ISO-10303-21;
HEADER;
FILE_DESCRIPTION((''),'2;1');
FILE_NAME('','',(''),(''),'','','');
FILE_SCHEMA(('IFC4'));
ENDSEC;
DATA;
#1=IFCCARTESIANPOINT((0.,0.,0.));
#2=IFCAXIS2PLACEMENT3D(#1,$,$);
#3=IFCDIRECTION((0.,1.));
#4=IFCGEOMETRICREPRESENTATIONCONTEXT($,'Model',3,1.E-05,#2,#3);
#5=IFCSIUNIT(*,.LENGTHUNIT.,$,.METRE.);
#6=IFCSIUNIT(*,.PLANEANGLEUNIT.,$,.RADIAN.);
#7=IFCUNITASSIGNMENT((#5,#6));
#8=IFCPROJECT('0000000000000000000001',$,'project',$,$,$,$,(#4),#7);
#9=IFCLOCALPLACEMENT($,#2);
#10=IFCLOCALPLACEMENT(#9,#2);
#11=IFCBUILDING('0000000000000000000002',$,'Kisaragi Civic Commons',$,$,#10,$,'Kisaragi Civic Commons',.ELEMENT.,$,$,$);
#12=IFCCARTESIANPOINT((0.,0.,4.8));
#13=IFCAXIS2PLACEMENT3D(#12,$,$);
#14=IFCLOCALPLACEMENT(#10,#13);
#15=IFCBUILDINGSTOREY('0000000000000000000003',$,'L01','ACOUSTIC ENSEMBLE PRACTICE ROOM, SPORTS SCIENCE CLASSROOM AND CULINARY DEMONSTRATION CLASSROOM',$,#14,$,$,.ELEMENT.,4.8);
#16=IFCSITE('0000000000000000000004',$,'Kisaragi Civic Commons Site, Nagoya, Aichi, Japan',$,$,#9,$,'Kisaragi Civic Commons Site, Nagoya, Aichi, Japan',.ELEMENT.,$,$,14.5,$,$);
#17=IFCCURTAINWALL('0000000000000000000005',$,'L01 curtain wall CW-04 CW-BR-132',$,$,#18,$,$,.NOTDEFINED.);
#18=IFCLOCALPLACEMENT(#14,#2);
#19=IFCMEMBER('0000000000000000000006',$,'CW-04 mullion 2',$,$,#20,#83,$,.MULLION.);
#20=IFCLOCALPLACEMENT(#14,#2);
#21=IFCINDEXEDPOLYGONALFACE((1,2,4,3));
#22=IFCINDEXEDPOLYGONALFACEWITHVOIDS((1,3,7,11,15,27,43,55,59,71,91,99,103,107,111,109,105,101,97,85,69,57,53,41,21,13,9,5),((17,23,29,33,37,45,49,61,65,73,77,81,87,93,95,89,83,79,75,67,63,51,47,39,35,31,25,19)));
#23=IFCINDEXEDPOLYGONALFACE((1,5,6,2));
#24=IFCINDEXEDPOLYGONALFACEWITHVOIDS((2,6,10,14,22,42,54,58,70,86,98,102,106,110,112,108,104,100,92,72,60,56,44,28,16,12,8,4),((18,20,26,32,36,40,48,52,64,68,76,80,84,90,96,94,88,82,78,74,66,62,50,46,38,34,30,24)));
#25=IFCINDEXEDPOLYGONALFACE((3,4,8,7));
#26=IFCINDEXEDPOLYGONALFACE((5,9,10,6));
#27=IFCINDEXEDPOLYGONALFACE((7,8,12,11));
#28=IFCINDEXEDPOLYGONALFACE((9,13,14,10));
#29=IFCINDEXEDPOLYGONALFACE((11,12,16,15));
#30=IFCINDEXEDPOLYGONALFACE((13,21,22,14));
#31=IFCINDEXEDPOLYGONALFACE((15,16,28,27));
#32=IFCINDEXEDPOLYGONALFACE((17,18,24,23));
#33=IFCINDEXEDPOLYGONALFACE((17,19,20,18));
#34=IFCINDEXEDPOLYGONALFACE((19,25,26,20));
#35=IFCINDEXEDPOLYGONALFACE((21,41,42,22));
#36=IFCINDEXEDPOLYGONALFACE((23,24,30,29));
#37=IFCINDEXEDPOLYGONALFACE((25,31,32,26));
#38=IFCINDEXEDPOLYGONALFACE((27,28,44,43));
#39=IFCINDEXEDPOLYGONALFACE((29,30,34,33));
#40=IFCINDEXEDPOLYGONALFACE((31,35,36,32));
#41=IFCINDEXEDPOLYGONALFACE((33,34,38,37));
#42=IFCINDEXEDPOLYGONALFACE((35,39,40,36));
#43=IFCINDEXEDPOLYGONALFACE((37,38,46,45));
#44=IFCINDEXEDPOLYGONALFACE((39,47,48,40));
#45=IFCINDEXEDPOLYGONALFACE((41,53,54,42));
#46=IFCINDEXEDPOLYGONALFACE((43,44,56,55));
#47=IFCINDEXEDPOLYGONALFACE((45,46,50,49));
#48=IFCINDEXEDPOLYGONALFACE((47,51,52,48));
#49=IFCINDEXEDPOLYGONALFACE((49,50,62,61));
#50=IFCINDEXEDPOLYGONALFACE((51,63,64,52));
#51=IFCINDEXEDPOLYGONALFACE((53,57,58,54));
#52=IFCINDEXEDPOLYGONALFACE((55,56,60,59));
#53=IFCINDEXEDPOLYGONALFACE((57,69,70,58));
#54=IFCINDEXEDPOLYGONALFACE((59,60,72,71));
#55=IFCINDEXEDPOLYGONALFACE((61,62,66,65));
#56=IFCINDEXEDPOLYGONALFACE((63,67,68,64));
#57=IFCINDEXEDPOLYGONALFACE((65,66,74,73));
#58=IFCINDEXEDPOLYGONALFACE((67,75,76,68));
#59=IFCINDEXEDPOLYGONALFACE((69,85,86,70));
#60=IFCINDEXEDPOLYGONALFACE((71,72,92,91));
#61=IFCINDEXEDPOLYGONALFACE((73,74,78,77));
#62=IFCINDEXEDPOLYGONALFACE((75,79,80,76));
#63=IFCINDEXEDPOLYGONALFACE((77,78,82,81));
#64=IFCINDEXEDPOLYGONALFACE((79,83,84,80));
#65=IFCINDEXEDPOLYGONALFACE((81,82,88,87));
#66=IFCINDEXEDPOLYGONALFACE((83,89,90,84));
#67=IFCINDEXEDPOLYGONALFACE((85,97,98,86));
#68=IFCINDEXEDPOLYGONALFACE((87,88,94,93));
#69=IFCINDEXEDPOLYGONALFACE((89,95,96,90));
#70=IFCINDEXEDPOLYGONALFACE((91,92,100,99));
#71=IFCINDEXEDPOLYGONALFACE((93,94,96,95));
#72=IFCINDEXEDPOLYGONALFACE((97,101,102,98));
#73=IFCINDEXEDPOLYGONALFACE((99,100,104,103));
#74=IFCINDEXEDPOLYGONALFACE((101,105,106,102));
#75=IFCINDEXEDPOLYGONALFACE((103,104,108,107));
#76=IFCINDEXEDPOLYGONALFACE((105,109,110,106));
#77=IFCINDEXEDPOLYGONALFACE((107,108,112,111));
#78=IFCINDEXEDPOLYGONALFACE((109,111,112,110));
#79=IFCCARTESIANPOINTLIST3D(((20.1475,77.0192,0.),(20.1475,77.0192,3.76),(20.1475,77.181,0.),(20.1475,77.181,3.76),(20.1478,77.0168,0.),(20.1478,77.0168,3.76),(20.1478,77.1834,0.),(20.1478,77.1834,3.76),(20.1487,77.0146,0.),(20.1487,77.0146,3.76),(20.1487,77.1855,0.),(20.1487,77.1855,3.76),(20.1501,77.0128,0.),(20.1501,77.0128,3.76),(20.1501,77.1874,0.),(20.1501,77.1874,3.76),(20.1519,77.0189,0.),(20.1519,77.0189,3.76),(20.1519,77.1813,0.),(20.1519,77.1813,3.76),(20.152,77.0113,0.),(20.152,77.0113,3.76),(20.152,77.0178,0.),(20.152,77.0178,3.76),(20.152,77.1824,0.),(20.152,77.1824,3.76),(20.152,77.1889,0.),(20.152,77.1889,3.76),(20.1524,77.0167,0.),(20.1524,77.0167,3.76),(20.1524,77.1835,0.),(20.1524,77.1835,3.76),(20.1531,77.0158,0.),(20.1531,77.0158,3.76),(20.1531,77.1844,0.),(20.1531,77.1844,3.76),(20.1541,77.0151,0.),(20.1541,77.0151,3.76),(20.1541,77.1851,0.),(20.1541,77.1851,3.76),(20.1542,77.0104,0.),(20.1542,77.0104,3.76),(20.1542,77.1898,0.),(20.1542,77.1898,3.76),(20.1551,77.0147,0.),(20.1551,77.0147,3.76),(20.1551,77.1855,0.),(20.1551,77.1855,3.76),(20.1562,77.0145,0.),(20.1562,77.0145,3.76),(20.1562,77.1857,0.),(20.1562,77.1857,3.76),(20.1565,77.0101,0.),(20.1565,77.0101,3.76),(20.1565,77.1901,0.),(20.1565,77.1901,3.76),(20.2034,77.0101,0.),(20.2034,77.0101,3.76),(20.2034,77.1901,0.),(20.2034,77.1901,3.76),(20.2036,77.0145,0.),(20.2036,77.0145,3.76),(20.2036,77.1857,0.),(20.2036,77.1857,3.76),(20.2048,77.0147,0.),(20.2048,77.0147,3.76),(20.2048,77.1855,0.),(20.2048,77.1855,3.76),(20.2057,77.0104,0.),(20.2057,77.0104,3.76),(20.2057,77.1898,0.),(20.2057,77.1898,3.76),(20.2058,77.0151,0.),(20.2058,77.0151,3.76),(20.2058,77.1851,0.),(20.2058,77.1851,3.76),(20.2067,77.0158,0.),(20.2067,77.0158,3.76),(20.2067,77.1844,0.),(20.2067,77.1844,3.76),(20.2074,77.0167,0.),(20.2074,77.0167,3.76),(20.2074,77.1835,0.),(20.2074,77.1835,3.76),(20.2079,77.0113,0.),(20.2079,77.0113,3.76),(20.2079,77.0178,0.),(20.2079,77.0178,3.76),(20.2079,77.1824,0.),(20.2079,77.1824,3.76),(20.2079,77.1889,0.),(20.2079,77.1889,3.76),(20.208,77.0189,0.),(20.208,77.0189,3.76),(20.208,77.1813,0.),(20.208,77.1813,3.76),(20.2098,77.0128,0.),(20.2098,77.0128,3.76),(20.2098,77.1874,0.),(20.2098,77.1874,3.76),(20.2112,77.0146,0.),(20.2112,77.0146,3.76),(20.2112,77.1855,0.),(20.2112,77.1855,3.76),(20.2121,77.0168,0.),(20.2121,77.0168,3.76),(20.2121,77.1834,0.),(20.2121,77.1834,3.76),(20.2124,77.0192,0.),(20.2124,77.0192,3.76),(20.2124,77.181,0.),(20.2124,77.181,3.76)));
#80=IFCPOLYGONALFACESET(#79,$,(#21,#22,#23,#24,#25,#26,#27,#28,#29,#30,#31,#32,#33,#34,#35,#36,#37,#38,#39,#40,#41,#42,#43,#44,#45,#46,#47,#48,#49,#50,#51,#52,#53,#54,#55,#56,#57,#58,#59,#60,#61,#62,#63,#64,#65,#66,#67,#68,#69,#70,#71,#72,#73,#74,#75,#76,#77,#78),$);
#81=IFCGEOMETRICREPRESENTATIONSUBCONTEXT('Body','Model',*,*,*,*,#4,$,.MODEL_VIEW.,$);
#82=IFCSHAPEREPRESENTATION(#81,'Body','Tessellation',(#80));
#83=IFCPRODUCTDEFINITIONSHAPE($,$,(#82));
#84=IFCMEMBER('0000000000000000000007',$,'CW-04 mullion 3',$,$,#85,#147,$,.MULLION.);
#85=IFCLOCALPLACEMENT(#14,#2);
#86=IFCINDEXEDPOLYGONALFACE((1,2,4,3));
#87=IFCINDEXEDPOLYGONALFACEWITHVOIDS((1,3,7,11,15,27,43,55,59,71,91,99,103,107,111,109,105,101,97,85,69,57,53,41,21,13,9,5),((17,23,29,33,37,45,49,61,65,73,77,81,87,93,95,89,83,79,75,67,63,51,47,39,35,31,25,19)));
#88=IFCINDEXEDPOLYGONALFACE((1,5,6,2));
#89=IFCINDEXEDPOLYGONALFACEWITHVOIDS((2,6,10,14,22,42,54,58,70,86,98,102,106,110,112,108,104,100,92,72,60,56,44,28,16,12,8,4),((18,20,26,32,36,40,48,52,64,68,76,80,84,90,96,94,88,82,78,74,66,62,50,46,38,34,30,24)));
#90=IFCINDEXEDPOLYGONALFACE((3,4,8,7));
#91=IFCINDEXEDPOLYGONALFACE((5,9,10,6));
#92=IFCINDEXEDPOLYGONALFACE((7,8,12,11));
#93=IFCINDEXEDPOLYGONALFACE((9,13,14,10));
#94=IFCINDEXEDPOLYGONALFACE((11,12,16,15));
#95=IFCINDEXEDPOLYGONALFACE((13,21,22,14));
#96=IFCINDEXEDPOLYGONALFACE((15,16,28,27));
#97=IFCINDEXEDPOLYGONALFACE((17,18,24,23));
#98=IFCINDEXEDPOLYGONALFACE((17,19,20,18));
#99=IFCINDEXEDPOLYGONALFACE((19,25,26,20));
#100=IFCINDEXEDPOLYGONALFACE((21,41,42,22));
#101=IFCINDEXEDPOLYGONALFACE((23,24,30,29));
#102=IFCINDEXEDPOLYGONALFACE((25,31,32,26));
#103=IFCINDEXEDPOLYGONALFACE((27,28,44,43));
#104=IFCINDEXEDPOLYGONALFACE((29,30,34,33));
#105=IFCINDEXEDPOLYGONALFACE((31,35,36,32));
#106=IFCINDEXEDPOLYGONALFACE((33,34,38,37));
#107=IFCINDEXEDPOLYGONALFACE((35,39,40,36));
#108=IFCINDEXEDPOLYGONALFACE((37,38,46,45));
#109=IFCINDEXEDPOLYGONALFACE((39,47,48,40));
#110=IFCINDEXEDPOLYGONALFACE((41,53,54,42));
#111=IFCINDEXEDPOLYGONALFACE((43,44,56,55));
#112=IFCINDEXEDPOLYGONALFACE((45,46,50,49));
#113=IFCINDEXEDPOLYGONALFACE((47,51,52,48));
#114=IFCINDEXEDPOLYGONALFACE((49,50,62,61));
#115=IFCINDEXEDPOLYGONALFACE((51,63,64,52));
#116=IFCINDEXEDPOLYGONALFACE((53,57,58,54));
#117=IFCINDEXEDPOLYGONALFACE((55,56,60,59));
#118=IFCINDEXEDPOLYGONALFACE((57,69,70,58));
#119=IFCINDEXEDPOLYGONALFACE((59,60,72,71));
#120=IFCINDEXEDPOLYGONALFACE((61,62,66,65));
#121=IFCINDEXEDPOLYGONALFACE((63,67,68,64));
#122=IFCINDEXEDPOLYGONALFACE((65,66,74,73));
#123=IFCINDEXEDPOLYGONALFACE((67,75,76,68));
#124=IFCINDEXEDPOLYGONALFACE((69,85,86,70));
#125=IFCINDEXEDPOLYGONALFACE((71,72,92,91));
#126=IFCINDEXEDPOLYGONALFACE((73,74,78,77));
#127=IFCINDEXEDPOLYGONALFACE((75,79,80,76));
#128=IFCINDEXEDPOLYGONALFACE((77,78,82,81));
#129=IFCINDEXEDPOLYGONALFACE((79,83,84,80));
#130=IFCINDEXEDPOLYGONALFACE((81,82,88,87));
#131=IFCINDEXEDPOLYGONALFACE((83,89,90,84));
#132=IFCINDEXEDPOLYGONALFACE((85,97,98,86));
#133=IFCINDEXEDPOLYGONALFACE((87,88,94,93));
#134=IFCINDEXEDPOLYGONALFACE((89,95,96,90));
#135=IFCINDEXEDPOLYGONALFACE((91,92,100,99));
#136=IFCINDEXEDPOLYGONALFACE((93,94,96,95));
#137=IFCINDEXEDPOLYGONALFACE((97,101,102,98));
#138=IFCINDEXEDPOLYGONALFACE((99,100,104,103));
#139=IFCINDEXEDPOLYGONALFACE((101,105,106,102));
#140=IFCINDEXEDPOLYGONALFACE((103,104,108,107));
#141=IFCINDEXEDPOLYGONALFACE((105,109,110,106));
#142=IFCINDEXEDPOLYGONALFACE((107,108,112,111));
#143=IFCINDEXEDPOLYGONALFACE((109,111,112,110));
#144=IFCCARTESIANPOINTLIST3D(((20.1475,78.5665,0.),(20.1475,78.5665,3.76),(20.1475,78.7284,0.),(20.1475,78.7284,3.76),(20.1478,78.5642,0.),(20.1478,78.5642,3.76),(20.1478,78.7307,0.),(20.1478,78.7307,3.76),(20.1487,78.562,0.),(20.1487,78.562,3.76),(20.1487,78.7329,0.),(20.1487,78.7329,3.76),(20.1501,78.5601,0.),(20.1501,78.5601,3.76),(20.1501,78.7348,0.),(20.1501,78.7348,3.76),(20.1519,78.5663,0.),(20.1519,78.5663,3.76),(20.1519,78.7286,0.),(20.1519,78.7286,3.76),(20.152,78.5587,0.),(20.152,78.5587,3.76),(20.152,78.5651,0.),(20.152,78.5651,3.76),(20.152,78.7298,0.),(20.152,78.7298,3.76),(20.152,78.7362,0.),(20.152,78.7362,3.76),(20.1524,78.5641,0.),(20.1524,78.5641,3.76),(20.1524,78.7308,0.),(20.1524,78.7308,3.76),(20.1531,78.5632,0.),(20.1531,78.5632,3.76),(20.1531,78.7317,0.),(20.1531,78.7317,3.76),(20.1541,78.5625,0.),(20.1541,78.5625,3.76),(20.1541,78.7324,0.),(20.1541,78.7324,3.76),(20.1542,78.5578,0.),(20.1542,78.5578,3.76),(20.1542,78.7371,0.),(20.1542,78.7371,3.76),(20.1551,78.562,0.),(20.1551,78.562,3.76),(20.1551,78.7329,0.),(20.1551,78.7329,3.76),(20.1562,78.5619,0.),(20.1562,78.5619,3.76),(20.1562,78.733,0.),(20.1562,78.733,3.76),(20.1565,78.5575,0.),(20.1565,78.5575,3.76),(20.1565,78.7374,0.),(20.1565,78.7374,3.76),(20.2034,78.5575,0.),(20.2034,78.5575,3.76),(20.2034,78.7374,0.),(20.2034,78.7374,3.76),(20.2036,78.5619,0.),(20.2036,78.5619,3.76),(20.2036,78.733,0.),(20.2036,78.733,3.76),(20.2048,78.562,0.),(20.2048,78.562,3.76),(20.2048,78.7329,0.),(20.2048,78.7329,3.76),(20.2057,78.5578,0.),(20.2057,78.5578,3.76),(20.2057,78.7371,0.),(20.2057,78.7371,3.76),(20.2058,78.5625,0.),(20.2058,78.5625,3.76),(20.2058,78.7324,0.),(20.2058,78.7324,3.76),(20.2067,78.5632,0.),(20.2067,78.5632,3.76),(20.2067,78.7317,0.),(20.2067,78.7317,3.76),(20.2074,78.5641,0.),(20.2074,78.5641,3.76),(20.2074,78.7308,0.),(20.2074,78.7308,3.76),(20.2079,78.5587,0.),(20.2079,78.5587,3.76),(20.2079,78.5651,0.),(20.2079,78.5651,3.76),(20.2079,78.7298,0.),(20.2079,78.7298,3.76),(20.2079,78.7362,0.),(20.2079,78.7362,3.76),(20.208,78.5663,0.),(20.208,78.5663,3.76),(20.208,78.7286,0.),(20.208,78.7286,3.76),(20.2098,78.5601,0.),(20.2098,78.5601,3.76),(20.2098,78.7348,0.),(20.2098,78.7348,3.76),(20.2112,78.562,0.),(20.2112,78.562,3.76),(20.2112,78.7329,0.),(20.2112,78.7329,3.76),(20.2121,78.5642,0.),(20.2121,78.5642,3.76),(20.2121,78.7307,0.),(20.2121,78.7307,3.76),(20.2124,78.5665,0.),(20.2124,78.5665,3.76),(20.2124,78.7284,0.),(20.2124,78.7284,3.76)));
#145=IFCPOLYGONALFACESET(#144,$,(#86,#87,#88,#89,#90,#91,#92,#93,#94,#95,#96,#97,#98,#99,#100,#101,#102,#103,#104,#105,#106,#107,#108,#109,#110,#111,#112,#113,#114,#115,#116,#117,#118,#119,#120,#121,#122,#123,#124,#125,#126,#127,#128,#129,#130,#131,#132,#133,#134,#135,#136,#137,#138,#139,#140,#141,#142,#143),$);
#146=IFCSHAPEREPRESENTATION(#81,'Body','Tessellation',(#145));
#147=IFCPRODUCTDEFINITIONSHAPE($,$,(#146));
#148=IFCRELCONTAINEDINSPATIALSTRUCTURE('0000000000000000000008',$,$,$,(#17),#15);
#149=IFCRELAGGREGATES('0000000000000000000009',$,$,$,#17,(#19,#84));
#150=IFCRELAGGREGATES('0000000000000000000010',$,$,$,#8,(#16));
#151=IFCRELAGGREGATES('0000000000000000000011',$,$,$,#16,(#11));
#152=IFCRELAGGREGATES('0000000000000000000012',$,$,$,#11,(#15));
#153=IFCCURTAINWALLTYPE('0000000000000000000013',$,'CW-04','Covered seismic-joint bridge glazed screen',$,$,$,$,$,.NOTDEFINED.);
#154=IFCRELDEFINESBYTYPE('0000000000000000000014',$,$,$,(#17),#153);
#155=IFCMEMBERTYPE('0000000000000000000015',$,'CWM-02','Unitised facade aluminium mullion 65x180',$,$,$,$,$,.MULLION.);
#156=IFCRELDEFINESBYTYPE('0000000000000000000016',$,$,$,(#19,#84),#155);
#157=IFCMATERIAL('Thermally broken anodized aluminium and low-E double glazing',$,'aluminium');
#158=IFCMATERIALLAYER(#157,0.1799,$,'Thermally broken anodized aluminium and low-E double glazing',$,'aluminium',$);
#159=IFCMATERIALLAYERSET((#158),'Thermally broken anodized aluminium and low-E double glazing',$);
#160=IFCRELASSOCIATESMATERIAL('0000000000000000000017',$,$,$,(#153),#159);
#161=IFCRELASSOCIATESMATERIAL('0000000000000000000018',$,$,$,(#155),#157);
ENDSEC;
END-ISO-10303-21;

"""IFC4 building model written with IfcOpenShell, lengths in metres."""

from ifc_helpers import new_model, si_unit, direction, frame, origin, origin_2d, place, context, subcontext, project, spatial, hollow_rectangle, extrude, material, layer, layer_set, material_profile, profile_set, type_object, element, aggregate, save


model = new_model("IFC4")

# Units and contexts
model_context = context("Model", 3, precision=1e-05, world=origin(), true_north=direction((0.0, 1.0)))
body_context = subcontext(model_context, "Body", "Model", "MODEL_VIEW")
ifc_project = project(units=[si_unit("LENGTHUNIT", "METRE"), si_unit("PLANEANGLEUNIT", "RADIAN")], contexts=[model_context])

# Site, building, storey
site_placement = place(None, origin())
site = spatial("IfcSite", under=ifc_project, at=site_placement, Name="Kisaragi Civic Commons Site, Nagoya, Aichi, Japan", LongName="Kisaragi Civic Commons Site, Nagoya, Aichi, Japan", CompositionType="ELEMENT", RefElevation=14.5)
building_placement = place(site_placement, origin())
building = spatial("IfcBuilding", under=site, at=building_placement, Name="Kisaragi Civic Commons", LongName="Kisaragi Civic Commons", CompositionType="ELEMENT")
storey_placement = place(building_placement, frame((0.0, 0.0, 4.8)))
storey = spatial("IfcBuildingStorey", under=building, at=storey_placement, Name="L01", Description="ACOUSTIC ENSEMBLE PRACTICE ROOM, SPORTS SCIENCE CLASSROOM AND CULINARY DEMONSTRATION CLASSROOM", CompositionType="ELEMENT", Elevation=4.8)

# Curtain wall, members
ifc_material_1 = material(Name="Thermally broken anodized aluminium and low-E double glazing", Category="aluminium")
ifc_layer_1 = layer(ifc_material_1, 0.1799, Name="Thermally broken anodized aluminium and low-E double glazing", Category="aluminium")
ifc_layer_set_1 = layer_set([ifc_layer_1], Name="Thermally broken anodized aluminium and low-E double glazing")
curtain_wall_type = type_object("IfcCurtainWallType", Name="CW-04", Description="Covered seismic-joint bridge glazed screen", PredefinedType="NOTDEFINED", material=ifc_layer_set_1)
ifc_material_profile_1 = material_profile(ifc_material_1, hollow_rectangle(XDim=0.0649, YDim=0.1799, WallThickness=0.0044, InnerFilletRadius=0.0044, OuterFilletRadius=0.009, at=origin_2d()), Name="CWM-65x180x4.5", Category="aluminium")
ifc_profile_set_1 = profile_set([ifc_material_profile_1], Name="Thermally broken anodized aluminium and low-E double glazing")
member_type_1 = type_object("IfcMemberType", Name="CWM-02", Description="Unitised facade aluminium mullion 65x180", PredefinedType="MULLION", material=ifc_profile_set_1)
curtain_wall_1_placement = place(storey_placement, origin())
curtain_wall_1 = element("IfcCurtainWall", 1, at=curtain_wall_1_placement, inside=storey, type_object=curtain_wall_type, Name="L01 curtain wall CW-04 CW-BR-132", PredefinedType="NOTDEFINED")
member_1_placement = place(storey_placement, frame((20.1799, 77.1001, 0.0), z_axis=(0.0, 0.0, 1.0), x_axis=(-1.0, 0.0, 0.0)))
member_1 = element("IfcMember", 2, at=member_1_placement, type_object=member_type_1, Name="CW-04 mullion 2", PredefinedType="MULLION", context=body_context, shape_type="SweptSolid", body=[
    extrude(hollow_rectangle(XDim=0.0649, YDim=0.1799, WallThickness=0.0044, InnerFilletRadius=0.0044, OuterFilletRadius=0.009, at=origin_2d()), origin(), (0.0, 0.0, 1.0), 3.76),
])
member_2_placement = place(storey_placement, frame((20.1799, 78.6475, 0.0), z_axis=(0.0, 0.0, 1.0), x_axis=(-1.0, 0.0, 0.0)))
member_2 = element("IfcMember", 3, at=member_2_placement, type_object=member_type_1, Name="CW-04 mullion 3", PredefinedType="MULLION", context=body_context, shape_type="SweptSolid", body=[
    extrude(hollow_rectangle(XDim=0.0649, YDim=0.1799, WallThickness=0.0044, InnerFilletRadius=0.0044, OuterFilletRadius=0.009, at=origin_2d()), origin(), (0.0, 0.0, 1.0), 3.76),
])

aggregate(curtain_wall_1, [member_1, member_2])

save(model, "model.ifc")
